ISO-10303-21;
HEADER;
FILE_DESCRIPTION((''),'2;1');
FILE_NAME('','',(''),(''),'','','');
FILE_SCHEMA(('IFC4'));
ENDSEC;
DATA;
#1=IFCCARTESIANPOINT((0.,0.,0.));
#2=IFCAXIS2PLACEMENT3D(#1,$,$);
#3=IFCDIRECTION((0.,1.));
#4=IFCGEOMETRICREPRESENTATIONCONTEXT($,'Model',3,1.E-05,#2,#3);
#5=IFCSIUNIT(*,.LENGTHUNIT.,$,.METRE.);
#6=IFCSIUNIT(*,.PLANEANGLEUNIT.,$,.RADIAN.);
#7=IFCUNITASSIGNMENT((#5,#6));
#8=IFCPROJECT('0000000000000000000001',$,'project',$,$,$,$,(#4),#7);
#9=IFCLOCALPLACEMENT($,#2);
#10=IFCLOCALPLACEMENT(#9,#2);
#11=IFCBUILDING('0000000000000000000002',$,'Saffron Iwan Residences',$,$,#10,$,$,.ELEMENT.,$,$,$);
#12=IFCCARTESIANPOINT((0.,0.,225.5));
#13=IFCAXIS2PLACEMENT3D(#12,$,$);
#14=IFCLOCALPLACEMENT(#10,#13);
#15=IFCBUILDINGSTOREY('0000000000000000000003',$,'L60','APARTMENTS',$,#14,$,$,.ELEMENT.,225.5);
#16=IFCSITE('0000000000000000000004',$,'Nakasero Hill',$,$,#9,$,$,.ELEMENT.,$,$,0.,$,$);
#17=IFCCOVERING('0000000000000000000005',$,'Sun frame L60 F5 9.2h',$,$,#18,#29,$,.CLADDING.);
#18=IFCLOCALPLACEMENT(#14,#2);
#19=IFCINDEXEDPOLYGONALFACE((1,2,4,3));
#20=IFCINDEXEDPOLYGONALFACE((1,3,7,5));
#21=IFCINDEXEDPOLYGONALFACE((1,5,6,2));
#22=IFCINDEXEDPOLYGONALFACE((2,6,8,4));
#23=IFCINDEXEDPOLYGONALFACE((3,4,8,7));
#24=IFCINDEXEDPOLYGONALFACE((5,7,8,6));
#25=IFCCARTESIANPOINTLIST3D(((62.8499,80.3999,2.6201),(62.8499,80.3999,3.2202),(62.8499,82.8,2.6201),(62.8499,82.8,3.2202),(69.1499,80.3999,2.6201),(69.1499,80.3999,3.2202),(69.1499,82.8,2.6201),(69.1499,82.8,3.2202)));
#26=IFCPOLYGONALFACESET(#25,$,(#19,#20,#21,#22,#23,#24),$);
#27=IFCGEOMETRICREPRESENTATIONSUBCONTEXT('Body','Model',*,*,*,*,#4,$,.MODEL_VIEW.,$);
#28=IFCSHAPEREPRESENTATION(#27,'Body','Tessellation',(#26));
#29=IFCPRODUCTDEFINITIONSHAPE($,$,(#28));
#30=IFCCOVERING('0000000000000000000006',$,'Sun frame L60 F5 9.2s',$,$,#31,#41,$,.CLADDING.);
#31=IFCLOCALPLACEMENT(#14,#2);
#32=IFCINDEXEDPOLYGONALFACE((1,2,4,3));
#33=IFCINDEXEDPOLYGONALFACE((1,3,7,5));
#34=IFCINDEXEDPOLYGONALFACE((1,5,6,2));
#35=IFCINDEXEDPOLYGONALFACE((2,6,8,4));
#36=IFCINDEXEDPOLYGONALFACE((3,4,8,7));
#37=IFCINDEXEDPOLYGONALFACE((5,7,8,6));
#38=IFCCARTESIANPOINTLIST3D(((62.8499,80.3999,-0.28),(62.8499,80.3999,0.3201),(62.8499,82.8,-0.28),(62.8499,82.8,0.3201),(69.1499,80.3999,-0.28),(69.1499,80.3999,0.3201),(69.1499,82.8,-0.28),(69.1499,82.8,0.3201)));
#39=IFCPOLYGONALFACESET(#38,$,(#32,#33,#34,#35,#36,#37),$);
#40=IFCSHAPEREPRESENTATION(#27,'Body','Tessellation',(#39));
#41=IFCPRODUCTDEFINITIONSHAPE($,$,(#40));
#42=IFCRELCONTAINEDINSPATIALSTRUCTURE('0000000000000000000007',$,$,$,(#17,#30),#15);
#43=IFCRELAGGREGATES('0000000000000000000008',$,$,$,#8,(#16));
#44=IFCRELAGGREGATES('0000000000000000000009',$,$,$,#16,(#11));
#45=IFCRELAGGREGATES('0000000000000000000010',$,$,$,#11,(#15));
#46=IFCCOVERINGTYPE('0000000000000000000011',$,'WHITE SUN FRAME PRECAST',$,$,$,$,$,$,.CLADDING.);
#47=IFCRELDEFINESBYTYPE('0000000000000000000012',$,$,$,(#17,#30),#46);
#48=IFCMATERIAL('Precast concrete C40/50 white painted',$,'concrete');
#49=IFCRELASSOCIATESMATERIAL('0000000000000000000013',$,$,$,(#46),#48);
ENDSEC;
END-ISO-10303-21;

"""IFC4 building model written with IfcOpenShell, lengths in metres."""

from ifc_helpers import new_model, si_unit, direction, frame, origin, place, context, subcontext, project, spatial, polyline, outline, extrude, material, type_object, element, save


model = new_model("IFC4")

# Units and contexts
model_context = context("Model", 3, precision=1e-05, world=origin(), true_north=direction((0.0, 1.0)))
body_context = subcontext(model_context, "Body", "Model", "MODEL_VIEW")
ifc_project = project(units=[si_unit("LENGTHUNIT", "METRE"), si_unit("PLANEANGLEUNIT", "RADIAN")], contexts=[model_context])

# Site, building, storey
site_placement = place(None, origin())
site = spatial("IfcSite", under=ifc_project, at=site_placement, Name="Nakasero Hill", CompositionType="ELEMENT", RefElevation=0.0)
building_placement = place(site_placement, origin())
building = spatial("IfcBuilding", under=site, at=building_placement, Name="Saffron Iwan Residences", CompositionType="ELEMENT")
storey_placement = place(building_placement, frame((0.0, 0.0, 225.5)))
storey = spatial("IfcBuildingStorey", under=building, at=storey_placement, Name="L60", Description="APARTMENTS", CompositionType="ELEMENT", Elevation=225.5)

# Coverings
ifc_material_1 = material(Name="Precast concrete C40/50 white painted", Category="concrete")
covering_type_1 = type_object("IfcCoveringType", Name="WHITE SUN FRAME PRECAST", PredefinedType="CLADDING", material=ifc_material_1)
for number, where, z_axis, x_axis, name in (
    (1, (69.1499, 80.3999, 2.6201), (0.0, 1.0, 0.0), (-1.0, 0.0, 0.0), "Sun frame L60 F5 9.2h"),
    (2, (69.1499, 80.3999, -0.28), (0.0, 1.0, 0.0), (-1.0, 0.0, 0.0), "Sun frame L60 F5 9.2s"),
):
    element("IfcCovering", number, at=place(storey_placement, frame(where, z_axis=z_axis, x_axis=x_axis)), inside=storey, type_object=covering_type_1, Name=name, PredefinedType="CLADDING", context=body_context, shape_type="SweptSolid", body=[
        extrude(outline(polyline([(0.0, 0.0), (6.3, 0.0), (6.3, 0.6001), (0.0, 0.6001), (0.0, 0.0)])), origin(), (0.0, 0.0, 1.0), 2.4001),
    ])

save(model, "model.ifc")
